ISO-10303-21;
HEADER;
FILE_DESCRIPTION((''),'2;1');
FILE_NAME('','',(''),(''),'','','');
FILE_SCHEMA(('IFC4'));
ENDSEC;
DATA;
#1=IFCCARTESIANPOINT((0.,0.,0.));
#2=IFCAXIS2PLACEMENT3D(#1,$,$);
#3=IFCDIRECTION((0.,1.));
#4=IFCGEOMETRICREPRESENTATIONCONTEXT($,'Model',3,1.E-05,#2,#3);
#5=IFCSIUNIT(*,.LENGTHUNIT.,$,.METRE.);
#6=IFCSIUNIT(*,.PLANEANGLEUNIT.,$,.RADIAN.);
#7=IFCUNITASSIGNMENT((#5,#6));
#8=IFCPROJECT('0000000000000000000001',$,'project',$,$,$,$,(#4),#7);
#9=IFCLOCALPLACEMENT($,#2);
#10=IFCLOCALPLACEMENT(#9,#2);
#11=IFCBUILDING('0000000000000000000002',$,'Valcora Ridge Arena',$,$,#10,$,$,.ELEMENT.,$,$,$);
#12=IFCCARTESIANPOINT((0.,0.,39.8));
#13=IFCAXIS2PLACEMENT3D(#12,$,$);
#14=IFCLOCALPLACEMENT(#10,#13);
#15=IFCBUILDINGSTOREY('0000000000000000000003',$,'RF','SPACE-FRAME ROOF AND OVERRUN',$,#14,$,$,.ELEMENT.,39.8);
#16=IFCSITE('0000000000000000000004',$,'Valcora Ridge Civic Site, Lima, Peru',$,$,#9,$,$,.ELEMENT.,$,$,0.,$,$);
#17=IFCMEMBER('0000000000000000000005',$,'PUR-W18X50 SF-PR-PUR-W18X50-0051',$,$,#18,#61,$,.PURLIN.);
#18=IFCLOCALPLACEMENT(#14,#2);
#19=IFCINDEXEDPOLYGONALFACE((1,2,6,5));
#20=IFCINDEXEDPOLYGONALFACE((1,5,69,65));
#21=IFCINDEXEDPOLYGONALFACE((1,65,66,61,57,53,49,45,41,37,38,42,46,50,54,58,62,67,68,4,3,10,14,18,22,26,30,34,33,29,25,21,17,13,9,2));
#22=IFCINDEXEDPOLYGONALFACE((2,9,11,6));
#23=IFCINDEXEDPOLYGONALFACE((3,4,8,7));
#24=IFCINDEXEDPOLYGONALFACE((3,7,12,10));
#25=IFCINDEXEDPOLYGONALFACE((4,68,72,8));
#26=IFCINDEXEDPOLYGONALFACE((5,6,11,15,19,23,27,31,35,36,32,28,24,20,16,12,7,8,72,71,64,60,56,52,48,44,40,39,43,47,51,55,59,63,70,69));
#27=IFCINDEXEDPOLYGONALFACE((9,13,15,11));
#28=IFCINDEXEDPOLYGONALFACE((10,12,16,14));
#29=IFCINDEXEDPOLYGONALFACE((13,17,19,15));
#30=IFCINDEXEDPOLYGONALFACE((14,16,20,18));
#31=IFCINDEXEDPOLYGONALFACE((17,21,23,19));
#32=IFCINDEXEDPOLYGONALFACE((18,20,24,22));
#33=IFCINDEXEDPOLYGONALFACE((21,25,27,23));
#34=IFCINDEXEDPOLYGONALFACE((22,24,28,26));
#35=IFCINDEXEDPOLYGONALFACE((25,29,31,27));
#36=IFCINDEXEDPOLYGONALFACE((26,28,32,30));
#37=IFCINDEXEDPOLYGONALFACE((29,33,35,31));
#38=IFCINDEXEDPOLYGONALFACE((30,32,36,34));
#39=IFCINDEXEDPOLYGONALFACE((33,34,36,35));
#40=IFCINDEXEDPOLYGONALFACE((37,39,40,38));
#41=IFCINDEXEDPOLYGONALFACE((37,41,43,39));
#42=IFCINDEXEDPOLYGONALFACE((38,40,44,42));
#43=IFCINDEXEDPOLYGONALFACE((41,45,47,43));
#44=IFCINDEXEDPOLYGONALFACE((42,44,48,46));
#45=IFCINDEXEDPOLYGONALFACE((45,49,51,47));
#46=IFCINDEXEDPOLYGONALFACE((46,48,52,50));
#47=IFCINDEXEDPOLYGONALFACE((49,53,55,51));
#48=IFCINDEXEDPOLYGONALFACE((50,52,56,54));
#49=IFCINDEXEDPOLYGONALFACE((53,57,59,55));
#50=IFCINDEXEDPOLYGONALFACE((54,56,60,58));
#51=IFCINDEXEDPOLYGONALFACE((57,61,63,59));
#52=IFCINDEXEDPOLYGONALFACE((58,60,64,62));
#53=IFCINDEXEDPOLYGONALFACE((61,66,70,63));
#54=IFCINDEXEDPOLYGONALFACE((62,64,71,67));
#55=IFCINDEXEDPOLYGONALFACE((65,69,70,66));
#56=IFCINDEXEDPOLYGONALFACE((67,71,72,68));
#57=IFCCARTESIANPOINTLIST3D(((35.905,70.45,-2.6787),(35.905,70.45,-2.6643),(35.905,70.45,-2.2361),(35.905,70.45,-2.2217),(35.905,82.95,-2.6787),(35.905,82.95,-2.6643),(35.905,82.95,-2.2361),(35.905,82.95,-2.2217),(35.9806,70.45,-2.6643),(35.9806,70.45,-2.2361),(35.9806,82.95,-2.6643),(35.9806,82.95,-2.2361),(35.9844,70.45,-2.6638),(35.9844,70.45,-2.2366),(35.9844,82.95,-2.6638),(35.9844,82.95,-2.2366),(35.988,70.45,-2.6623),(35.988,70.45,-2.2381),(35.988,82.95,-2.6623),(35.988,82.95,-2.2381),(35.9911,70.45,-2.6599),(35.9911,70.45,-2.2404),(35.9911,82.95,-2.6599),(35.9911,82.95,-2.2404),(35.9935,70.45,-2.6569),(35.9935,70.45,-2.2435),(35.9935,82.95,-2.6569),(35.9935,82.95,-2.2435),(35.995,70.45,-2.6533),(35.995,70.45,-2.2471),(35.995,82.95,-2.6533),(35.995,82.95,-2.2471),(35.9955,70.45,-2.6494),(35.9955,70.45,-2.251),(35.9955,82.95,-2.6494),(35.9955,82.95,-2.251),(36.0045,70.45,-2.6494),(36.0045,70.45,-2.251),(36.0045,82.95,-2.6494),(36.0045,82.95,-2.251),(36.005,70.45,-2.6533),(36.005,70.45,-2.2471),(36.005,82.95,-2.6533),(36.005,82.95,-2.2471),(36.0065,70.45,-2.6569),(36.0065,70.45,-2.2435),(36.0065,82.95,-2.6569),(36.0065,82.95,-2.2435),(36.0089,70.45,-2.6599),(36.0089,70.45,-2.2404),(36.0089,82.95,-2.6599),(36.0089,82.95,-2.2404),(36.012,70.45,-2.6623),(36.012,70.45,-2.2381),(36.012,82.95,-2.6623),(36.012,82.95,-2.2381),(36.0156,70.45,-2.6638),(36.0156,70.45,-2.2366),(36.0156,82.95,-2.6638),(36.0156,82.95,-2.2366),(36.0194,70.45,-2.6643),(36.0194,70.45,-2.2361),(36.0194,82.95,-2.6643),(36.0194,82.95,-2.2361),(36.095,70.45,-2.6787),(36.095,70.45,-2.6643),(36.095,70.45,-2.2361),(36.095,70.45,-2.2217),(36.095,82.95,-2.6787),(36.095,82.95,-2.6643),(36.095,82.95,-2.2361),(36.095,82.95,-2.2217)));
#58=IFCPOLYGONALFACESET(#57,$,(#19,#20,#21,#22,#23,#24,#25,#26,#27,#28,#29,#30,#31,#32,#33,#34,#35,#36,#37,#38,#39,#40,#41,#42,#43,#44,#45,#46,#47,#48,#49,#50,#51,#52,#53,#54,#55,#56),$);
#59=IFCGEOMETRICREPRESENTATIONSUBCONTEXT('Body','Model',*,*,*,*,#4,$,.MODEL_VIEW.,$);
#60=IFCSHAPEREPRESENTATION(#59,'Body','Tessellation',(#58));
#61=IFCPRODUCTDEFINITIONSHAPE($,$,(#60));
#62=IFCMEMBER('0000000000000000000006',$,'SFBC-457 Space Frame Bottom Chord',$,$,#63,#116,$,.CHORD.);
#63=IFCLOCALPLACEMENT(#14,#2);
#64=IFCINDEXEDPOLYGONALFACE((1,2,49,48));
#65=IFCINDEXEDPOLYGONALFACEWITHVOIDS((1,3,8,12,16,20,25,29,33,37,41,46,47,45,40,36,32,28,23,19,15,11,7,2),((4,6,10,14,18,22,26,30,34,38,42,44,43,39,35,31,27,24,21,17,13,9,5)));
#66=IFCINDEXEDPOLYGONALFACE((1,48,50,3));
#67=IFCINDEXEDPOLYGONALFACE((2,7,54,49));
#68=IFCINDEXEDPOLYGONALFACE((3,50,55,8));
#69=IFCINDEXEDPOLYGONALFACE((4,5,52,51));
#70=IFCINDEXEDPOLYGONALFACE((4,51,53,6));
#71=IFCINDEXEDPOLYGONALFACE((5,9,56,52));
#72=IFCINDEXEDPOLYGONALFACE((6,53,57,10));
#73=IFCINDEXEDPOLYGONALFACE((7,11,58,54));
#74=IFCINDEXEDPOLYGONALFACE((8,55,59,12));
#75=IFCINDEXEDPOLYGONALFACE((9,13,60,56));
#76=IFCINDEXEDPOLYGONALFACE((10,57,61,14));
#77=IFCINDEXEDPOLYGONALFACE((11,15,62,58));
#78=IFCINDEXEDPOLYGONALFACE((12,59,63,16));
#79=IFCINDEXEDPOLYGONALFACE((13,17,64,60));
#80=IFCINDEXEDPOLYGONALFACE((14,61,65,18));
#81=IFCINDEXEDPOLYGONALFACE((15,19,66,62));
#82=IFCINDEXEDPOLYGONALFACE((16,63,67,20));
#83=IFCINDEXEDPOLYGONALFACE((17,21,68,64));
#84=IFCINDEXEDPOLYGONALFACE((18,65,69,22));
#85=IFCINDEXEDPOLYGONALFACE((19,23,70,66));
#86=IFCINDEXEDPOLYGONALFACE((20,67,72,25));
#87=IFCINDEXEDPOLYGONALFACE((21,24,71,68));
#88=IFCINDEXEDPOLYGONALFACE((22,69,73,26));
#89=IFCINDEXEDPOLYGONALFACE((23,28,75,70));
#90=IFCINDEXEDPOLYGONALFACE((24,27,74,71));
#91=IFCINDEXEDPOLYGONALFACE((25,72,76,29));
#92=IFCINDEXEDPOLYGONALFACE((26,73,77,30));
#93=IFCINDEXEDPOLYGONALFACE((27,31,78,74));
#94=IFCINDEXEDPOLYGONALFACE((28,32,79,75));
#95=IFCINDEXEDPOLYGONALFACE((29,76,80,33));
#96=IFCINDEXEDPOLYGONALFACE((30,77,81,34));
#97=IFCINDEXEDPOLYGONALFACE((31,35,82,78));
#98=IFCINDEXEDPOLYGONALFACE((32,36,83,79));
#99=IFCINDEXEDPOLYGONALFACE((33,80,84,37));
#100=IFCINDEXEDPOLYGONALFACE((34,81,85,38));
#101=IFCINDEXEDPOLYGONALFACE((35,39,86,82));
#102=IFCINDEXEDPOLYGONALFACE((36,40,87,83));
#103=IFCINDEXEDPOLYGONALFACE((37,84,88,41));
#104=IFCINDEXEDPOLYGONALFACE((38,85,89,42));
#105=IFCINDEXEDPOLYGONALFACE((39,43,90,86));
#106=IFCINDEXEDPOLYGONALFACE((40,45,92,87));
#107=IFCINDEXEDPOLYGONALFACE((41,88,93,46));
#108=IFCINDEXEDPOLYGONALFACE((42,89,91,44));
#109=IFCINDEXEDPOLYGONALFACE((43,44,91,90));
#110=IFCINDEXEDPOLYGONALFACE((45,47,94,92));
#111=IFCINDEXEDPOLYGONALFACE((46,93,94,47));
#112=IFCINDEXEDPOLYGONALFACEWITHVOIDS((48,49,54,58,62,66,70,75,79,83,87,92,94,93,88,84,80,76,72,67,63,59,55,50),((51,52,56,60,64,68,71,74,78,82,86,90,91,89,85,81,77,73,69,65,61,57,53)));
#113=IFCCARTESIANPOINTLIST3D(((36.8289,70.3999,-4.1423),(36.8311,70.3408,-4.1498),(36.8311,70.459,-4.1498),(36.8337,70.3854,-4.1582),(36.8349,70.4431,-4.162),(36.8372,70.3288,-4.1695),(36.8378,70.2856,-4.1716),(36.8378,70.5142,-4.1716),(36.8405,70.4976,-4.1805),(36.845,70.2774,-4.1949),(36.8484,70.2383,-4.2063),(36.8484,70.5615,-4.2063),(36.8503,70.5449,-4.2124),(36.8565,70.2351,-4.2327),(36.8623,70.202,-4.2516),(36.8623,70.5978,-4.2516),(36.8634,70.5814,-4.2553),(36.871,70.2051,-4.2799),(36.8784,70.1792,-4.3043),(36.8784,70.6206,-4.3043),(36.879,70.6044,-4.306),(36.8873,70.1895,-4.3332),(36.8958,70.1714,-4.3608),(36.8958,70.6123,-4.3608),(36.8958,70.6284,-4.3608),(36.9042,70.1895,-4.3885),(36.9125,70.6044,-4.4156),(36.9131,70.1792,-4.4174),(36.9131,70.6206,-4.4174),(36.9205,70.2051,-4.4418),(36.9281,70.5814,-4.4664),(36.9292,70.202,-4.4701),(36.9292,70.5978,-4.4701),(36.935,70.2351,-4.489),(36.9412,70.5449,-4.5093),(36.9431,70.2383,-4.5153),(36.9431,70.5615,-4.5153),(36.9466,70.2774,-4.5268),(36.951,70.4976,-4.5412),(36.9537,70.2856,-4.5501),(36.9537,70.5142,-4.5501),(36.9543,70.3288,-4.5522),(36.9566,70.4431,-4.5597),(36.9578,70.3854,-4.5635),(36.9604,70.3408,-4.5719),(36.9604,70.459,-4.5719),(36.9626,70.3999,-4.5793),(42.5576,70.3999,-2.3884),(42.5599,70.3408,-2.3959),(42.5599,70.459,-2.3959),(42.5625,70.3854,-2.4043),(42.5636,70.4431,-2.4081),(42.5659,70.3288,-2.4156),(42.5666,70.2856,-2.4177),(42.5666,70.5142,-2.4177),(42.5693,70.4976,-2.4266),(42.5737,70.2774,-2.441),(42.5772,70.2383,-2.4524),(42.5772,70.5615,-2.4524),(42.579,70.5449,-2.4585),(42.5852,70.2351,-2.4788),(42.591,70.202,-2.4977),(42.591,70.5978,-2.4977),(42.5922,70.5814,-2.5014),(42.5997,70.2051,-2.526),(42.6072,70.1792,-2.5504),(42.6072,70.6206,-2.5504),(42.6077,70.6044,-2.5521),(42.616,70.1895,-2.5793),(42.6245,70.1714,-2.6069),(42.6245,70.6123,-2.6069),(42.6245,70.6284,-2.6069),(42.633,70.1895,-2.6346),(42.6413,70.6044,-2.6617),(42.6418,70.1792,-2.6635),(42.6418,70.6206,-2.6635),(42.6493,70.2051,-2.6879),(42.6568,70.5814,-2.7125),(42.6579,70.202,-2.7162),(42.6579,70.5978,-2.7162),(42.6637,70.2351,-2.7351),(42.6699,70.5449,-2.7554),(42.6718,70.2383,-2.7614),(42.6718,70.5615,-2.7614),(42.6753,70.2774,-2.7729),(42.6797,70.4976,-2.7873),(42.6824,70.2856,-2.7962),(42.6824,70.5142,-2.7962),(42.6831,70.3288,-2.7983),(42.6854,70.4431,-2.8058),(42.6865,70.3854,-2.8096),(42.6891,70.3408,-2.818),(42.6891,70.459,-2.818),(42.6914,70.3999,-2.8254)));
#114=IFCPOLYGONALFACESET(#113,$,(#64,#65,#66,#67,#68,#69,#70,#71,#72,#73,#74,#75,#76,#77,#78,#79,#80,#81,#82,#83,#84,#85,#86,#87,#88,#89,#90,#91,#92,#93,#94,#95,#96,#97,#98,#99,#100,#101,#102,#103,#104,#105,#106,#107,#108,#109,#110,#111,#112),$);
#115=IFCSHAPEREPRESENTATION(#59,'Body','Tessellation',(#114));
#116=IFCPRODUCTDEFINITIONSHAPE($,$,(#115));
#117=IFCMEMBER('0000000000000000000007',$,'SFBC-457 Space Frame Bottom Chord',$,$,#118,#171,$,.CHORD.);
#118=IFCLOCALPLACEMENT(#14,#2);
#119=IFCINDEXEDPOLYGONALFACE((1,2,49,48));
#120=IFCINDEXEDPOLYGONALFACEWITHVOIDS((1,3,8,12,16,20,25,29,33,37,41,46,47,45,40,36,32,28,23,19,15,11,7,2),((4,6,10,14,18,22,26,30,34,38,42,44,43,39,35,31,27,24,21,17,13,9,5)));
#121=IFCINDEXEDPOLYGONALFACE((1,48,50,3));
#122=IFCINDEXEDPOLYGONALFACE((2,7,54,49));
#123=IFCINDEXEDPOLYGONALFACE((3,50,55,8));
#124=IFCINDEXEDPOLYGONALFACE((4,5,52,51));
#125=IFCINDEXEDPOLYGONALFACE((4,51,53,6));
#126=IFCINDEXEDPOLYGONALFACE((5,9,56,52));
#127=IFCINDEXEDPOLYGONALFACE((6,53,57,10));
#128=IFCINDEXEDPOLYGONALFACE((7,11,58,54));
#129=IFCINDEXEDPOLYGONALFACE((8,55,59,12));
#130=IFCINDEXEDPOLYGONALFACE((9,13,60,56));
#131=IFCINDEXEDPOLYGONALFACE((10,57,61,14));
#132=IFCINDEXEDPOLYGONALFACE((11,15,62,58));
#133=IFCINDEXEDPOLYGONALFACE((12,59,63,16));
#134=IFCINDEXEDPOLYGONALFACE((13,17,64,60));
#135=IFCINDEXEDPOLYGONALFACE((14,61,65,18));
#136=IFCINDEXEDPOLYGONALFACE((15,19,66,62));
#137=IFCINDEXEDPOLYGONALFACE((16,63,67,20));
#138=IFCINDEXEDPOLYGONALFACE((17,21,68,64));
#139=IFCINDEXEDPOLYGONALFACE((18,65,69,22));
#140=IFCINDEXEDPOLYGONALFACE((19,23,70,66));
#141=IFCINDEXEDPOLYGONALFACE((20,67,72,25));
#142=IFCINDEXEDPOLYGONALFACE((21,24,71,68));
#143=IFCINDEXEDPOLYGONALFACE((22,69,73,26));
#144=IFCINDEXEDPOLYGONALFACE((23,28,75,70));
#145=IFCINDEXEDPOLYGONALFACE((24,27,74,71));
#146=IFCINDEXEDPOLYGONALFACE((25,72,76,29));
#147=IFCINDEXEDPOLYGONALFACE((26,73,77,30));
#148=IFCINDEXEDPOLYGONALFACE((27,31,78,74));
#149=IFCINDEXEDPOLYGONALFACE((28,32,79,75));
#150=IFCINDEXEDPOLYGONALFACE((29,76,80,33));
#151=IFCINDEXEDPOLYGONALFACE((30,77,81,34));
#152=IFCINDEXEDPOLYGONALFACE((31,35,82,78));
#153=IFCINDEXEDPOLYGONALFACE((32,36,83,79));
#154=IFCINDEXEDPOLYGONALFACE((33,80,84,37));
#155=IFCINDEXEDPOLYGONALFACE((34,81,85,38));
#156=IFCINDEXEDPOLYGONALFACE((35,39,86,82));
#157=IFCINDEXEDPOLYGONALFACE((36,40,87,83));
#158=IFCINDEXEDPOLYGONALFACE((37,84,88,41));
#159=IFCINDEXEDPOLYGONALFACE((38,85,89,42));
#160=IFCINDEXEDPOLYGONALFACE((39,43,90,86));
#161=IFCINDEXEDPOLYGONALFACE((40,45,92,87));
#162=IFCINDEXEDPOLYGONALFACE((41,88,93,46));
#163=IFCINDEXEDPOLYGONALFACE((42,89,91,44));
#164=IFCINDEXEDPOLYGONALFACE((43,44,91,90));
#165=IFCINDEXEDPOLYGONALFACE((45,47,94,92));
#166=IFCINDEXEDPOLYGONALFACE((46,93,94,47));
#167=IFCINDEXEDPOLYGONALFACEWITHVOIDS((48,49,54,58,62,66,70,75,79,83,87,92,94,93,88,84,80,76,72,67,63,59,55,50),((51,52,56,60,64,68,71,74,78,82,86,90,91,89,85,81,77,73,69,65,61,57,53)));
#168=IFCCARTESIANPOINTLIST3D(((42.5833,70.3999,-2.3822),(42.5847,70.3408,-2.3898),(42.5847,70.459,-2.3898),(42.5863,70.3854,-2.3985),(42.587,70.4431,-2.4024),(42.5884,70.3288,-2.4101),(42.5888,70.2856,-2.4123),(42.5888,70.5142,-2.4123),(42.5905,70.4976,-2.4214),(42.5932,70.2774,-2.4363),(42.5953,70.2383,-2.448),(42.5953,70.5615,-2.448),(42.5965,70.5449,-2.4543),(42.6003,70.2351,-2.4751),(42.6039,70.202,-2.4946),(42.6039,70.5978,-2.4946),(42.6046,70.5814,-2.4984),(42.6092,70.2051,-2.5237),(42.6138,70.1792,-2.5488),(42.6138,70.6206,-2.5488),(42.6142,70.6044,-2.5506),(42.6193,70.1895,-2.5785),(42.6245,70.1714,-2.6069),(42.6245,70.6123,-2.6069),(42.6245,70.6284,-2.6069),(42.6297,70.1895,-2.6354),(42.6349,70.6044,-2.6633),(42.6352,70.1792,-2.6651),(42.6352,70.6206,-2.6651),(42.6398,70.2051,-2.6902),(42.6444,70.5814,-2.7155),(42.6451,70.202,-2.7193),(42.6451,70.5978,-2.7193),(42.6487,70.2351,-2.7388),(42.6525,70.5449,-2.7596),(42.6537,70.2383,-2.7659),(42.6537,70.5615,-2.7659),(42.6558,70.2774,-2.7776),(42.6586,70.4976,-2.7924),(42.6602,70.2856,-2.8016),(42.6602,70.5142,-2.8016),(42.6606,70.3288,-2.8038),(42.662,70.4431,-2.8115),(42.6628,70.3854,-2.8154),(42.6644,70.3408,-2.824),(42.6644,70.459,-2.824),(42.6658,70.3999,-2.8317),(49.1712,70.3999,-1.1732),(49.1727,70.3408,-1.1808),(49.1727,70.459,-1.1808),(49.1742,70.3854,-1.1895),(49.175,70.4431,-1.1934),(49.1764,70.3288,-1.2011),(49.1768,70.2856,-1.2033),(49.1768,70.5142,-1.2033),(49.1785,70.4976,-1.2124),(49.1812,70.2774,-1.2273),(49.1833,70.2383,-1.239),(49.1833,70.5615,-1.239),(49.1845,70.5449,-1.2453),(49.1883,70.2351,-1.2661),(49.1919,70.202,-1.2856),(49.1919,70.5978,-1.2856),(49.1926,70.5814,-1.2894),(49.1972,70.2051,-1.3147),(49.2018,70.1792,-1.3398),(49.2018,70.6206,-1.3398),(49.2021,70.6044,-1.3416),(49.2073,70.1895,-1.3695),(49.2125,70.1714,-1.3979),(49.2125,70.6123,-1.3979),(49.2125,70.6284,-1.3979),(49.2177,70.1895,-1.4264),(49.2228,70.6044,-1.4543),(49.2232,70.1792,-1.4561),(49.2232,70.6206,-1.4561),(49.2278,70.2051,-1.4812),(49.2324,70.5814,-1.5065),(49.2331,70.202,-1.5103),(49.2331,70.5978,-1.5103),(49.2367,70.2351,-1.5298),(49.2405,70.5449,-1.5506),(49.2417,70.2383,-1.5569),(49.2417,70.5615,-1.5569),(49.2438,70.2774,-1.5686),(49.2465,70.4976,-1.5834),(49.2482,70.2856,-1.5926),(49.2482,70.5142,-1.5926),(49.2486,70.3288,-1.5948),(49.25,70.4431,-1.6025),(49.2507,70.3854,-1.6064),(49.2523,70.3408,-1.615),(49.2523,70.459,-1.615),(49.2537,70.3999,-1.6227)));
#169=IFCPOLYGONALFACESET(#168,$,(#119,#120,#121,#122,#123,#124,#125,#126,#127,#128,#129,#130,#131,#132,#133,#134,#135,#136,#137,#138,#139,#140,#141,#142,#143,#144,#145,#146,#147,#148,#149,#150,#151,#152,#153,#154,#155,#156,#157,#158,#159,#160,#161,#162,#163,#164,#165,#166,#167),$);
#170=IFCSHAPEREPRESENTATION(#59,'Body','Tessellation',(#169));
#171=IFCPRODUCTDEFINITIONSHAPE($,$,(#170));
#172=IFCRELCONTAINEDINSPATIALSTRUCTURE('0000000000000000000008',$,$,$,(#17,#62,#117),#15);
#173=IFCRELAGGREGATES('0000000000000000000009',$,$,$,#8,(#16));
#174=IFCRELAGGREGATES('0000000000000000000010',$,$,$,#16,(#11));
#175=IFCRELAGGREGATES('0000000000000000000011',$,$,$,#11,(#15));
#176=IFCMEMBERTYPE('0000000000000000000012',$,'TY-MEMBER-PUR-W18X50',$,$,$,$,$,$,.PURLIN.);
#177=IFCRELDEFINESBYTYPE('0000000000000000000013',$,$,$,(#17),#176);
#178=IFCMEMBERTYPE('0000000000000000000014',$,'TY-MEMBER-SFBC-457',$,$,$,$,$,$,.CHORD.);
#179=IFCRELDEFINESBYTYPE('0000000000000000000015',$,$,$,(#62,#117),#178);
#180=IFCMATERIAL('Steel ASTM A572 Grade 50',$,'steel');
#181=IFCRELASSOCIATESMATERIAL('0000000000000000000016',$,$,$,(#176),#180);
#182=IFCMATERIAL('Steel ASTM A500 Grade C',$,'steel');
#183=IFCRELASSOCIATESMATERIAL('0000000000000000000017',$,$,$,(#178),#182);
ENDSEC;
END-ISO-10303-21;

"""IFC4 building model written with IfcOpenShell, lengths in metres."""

from ifc_helpers import new_model, si_unit, direction, frame, origin, origin_2d, place, context, subcontext, project, spatial, hollow_circle, i_section, extrude, material, material_profile, profile_set, type_object, element, save


model = new_model("IFC4")

# Units and contexts
model_context = context("Model", 3, precision=1e-05, world=origin(), true_north=direction((0.0, 1.0)))
body_context = subcontext(model_context, "Body", "Model", "MODEL_VIEW")
ifc_project = project(units=[si_unit("LENGTHUNIT", "METRE"), si_unit("PLANEANGLEUNIT", "RADIAN")], contexts=[model_context])

# Site, building, storey
site_placement = place(None, origin())
site = spatial("IfcSite", under=ifc_project, at=site_placement, Name="Valcora Ridge Civic Site, Lima, Peru", CompositionType="ELEMENT", RefElevation=0.0)
building_placement = place(site_placement, origin())
building = spatial("IfcBuilding", under=site, at=building_placement, Name="Valcora Ridge Arena", CompositionType="ELEMENT")
storey_placement = place(building_placement, frame((0.0, 0.0, 39.8)))
storey = spatial("IfcBuildingStorey", under=building, at=storey_placement, Name="RF", Description="SPACE-FRAME ROOF AND OVERRUN", CompositionType="ELEMENT", Elevation=39.8)

# Members
ifc_material_1 = material(Name="Steel ASTM A572 Grade 50", Category="steel")
ifc_material_profile_1 = material_profile(ifc_material_1, i_section(OverallWidth=0.1899, OverallDepth=0.457, WebThickness=0.009, FlangeThickness=0.0144, FilletRadius=0.0149, at=origin_2d()), Name="W18X50")
ifc_profile_set_1 = profile_set([ifc_material_profile_1], Name="Steel ASTM A572 Grade 50")
member_type_1 = type_object("IfcMemberType", Name="TY-MEMBER-PUR-W18X50", PredefinedType="PURLIN", material=ifc_profile_set_1)
member_1_placement = place(storey_placement, frame((36.0, 70.45, -2.4502), z_axis=(0.0, 1.0, 0.0), x_axis=(-1.0, 0.0, 0.0)))
element("IfcMember", 1, at=member_1_placement, inside=storey, type_object=member_type_1, Name="PUR-W18X50 SF-PR-PUR-W18X50-0051", PredefinedType="PURLIN", context=body_context, shape_type="SweptSolid", body=[
    extrude(i_section(OverallWidth=0.1899, OverallDepth=0.457, WebThickness=0.009, FlangeThickness=0.0144, FilletRadius=0.0149, at=origin_2d()), origin(), (0.0, 0.0, 1.0), 12.5),
])
ifc_material_2 = material(Name="Steel ASTM A500 Grade C", Category="steel")
ifc_material_profile_2 = material_profile(ifc_material_2, hollow_circle(Radius=0.2285, WallThickness=0.0161, at=origin_2d()), Name="CHS457X16")
ifc_profile_set_2 = profile_set([ifc_material_profile_2], Name="Steel ASTM A500 Grade C")
member_type_2 = type_object("IfcMemberType", Name="TY-MEMBER-SFBC-457", PredefinedType="CHORD", material=ifc_profile_set_2)
member_2_placement = place(storey_placement, frame((36.8958, 70.3999, -4.3608), z_axis=(0.95619, 0.0, 0.292745), x_axis=(0.0, 1.0, 0.0)))
element("IfcMember", 2, at=member_2_placement, inside=storey, type_object=member_type_2, Name="SFBC-457 Space Frame Bottom Chord", PredefinedType="CHORD", context=body_context, shape_type="SweptSolid", body=[
    extrude(hollow_circle(Radius=0.2285, WallThickness=0.0161, at=origin_2d()), origin(), (0.0, 0.0, 1.0), 5.9912),
])
member_3_placement = place(storey_placement, frame((42.6245, 70.3999, -2.6069), z_axis=(0.983575, 0.0, 0.180502), x_axis=(0.0, 1.0, 0.0)))
element("IfcMember", 3, at=member_3_placement, inside=storey, type_object=member_type_2, Name="SFBC-457 Space Frame Bottom Chord", PredefinedType="CHORD", context=body_context, shape_type="SweptSolid", body=[
    extrude(hollow_circle(Radius=0.2285, WallThickness=0.0161, at=origin_2d()), origin(), (0.0, 0.0, 1.0), 6.698),
])

save(model, "model.ifc")
